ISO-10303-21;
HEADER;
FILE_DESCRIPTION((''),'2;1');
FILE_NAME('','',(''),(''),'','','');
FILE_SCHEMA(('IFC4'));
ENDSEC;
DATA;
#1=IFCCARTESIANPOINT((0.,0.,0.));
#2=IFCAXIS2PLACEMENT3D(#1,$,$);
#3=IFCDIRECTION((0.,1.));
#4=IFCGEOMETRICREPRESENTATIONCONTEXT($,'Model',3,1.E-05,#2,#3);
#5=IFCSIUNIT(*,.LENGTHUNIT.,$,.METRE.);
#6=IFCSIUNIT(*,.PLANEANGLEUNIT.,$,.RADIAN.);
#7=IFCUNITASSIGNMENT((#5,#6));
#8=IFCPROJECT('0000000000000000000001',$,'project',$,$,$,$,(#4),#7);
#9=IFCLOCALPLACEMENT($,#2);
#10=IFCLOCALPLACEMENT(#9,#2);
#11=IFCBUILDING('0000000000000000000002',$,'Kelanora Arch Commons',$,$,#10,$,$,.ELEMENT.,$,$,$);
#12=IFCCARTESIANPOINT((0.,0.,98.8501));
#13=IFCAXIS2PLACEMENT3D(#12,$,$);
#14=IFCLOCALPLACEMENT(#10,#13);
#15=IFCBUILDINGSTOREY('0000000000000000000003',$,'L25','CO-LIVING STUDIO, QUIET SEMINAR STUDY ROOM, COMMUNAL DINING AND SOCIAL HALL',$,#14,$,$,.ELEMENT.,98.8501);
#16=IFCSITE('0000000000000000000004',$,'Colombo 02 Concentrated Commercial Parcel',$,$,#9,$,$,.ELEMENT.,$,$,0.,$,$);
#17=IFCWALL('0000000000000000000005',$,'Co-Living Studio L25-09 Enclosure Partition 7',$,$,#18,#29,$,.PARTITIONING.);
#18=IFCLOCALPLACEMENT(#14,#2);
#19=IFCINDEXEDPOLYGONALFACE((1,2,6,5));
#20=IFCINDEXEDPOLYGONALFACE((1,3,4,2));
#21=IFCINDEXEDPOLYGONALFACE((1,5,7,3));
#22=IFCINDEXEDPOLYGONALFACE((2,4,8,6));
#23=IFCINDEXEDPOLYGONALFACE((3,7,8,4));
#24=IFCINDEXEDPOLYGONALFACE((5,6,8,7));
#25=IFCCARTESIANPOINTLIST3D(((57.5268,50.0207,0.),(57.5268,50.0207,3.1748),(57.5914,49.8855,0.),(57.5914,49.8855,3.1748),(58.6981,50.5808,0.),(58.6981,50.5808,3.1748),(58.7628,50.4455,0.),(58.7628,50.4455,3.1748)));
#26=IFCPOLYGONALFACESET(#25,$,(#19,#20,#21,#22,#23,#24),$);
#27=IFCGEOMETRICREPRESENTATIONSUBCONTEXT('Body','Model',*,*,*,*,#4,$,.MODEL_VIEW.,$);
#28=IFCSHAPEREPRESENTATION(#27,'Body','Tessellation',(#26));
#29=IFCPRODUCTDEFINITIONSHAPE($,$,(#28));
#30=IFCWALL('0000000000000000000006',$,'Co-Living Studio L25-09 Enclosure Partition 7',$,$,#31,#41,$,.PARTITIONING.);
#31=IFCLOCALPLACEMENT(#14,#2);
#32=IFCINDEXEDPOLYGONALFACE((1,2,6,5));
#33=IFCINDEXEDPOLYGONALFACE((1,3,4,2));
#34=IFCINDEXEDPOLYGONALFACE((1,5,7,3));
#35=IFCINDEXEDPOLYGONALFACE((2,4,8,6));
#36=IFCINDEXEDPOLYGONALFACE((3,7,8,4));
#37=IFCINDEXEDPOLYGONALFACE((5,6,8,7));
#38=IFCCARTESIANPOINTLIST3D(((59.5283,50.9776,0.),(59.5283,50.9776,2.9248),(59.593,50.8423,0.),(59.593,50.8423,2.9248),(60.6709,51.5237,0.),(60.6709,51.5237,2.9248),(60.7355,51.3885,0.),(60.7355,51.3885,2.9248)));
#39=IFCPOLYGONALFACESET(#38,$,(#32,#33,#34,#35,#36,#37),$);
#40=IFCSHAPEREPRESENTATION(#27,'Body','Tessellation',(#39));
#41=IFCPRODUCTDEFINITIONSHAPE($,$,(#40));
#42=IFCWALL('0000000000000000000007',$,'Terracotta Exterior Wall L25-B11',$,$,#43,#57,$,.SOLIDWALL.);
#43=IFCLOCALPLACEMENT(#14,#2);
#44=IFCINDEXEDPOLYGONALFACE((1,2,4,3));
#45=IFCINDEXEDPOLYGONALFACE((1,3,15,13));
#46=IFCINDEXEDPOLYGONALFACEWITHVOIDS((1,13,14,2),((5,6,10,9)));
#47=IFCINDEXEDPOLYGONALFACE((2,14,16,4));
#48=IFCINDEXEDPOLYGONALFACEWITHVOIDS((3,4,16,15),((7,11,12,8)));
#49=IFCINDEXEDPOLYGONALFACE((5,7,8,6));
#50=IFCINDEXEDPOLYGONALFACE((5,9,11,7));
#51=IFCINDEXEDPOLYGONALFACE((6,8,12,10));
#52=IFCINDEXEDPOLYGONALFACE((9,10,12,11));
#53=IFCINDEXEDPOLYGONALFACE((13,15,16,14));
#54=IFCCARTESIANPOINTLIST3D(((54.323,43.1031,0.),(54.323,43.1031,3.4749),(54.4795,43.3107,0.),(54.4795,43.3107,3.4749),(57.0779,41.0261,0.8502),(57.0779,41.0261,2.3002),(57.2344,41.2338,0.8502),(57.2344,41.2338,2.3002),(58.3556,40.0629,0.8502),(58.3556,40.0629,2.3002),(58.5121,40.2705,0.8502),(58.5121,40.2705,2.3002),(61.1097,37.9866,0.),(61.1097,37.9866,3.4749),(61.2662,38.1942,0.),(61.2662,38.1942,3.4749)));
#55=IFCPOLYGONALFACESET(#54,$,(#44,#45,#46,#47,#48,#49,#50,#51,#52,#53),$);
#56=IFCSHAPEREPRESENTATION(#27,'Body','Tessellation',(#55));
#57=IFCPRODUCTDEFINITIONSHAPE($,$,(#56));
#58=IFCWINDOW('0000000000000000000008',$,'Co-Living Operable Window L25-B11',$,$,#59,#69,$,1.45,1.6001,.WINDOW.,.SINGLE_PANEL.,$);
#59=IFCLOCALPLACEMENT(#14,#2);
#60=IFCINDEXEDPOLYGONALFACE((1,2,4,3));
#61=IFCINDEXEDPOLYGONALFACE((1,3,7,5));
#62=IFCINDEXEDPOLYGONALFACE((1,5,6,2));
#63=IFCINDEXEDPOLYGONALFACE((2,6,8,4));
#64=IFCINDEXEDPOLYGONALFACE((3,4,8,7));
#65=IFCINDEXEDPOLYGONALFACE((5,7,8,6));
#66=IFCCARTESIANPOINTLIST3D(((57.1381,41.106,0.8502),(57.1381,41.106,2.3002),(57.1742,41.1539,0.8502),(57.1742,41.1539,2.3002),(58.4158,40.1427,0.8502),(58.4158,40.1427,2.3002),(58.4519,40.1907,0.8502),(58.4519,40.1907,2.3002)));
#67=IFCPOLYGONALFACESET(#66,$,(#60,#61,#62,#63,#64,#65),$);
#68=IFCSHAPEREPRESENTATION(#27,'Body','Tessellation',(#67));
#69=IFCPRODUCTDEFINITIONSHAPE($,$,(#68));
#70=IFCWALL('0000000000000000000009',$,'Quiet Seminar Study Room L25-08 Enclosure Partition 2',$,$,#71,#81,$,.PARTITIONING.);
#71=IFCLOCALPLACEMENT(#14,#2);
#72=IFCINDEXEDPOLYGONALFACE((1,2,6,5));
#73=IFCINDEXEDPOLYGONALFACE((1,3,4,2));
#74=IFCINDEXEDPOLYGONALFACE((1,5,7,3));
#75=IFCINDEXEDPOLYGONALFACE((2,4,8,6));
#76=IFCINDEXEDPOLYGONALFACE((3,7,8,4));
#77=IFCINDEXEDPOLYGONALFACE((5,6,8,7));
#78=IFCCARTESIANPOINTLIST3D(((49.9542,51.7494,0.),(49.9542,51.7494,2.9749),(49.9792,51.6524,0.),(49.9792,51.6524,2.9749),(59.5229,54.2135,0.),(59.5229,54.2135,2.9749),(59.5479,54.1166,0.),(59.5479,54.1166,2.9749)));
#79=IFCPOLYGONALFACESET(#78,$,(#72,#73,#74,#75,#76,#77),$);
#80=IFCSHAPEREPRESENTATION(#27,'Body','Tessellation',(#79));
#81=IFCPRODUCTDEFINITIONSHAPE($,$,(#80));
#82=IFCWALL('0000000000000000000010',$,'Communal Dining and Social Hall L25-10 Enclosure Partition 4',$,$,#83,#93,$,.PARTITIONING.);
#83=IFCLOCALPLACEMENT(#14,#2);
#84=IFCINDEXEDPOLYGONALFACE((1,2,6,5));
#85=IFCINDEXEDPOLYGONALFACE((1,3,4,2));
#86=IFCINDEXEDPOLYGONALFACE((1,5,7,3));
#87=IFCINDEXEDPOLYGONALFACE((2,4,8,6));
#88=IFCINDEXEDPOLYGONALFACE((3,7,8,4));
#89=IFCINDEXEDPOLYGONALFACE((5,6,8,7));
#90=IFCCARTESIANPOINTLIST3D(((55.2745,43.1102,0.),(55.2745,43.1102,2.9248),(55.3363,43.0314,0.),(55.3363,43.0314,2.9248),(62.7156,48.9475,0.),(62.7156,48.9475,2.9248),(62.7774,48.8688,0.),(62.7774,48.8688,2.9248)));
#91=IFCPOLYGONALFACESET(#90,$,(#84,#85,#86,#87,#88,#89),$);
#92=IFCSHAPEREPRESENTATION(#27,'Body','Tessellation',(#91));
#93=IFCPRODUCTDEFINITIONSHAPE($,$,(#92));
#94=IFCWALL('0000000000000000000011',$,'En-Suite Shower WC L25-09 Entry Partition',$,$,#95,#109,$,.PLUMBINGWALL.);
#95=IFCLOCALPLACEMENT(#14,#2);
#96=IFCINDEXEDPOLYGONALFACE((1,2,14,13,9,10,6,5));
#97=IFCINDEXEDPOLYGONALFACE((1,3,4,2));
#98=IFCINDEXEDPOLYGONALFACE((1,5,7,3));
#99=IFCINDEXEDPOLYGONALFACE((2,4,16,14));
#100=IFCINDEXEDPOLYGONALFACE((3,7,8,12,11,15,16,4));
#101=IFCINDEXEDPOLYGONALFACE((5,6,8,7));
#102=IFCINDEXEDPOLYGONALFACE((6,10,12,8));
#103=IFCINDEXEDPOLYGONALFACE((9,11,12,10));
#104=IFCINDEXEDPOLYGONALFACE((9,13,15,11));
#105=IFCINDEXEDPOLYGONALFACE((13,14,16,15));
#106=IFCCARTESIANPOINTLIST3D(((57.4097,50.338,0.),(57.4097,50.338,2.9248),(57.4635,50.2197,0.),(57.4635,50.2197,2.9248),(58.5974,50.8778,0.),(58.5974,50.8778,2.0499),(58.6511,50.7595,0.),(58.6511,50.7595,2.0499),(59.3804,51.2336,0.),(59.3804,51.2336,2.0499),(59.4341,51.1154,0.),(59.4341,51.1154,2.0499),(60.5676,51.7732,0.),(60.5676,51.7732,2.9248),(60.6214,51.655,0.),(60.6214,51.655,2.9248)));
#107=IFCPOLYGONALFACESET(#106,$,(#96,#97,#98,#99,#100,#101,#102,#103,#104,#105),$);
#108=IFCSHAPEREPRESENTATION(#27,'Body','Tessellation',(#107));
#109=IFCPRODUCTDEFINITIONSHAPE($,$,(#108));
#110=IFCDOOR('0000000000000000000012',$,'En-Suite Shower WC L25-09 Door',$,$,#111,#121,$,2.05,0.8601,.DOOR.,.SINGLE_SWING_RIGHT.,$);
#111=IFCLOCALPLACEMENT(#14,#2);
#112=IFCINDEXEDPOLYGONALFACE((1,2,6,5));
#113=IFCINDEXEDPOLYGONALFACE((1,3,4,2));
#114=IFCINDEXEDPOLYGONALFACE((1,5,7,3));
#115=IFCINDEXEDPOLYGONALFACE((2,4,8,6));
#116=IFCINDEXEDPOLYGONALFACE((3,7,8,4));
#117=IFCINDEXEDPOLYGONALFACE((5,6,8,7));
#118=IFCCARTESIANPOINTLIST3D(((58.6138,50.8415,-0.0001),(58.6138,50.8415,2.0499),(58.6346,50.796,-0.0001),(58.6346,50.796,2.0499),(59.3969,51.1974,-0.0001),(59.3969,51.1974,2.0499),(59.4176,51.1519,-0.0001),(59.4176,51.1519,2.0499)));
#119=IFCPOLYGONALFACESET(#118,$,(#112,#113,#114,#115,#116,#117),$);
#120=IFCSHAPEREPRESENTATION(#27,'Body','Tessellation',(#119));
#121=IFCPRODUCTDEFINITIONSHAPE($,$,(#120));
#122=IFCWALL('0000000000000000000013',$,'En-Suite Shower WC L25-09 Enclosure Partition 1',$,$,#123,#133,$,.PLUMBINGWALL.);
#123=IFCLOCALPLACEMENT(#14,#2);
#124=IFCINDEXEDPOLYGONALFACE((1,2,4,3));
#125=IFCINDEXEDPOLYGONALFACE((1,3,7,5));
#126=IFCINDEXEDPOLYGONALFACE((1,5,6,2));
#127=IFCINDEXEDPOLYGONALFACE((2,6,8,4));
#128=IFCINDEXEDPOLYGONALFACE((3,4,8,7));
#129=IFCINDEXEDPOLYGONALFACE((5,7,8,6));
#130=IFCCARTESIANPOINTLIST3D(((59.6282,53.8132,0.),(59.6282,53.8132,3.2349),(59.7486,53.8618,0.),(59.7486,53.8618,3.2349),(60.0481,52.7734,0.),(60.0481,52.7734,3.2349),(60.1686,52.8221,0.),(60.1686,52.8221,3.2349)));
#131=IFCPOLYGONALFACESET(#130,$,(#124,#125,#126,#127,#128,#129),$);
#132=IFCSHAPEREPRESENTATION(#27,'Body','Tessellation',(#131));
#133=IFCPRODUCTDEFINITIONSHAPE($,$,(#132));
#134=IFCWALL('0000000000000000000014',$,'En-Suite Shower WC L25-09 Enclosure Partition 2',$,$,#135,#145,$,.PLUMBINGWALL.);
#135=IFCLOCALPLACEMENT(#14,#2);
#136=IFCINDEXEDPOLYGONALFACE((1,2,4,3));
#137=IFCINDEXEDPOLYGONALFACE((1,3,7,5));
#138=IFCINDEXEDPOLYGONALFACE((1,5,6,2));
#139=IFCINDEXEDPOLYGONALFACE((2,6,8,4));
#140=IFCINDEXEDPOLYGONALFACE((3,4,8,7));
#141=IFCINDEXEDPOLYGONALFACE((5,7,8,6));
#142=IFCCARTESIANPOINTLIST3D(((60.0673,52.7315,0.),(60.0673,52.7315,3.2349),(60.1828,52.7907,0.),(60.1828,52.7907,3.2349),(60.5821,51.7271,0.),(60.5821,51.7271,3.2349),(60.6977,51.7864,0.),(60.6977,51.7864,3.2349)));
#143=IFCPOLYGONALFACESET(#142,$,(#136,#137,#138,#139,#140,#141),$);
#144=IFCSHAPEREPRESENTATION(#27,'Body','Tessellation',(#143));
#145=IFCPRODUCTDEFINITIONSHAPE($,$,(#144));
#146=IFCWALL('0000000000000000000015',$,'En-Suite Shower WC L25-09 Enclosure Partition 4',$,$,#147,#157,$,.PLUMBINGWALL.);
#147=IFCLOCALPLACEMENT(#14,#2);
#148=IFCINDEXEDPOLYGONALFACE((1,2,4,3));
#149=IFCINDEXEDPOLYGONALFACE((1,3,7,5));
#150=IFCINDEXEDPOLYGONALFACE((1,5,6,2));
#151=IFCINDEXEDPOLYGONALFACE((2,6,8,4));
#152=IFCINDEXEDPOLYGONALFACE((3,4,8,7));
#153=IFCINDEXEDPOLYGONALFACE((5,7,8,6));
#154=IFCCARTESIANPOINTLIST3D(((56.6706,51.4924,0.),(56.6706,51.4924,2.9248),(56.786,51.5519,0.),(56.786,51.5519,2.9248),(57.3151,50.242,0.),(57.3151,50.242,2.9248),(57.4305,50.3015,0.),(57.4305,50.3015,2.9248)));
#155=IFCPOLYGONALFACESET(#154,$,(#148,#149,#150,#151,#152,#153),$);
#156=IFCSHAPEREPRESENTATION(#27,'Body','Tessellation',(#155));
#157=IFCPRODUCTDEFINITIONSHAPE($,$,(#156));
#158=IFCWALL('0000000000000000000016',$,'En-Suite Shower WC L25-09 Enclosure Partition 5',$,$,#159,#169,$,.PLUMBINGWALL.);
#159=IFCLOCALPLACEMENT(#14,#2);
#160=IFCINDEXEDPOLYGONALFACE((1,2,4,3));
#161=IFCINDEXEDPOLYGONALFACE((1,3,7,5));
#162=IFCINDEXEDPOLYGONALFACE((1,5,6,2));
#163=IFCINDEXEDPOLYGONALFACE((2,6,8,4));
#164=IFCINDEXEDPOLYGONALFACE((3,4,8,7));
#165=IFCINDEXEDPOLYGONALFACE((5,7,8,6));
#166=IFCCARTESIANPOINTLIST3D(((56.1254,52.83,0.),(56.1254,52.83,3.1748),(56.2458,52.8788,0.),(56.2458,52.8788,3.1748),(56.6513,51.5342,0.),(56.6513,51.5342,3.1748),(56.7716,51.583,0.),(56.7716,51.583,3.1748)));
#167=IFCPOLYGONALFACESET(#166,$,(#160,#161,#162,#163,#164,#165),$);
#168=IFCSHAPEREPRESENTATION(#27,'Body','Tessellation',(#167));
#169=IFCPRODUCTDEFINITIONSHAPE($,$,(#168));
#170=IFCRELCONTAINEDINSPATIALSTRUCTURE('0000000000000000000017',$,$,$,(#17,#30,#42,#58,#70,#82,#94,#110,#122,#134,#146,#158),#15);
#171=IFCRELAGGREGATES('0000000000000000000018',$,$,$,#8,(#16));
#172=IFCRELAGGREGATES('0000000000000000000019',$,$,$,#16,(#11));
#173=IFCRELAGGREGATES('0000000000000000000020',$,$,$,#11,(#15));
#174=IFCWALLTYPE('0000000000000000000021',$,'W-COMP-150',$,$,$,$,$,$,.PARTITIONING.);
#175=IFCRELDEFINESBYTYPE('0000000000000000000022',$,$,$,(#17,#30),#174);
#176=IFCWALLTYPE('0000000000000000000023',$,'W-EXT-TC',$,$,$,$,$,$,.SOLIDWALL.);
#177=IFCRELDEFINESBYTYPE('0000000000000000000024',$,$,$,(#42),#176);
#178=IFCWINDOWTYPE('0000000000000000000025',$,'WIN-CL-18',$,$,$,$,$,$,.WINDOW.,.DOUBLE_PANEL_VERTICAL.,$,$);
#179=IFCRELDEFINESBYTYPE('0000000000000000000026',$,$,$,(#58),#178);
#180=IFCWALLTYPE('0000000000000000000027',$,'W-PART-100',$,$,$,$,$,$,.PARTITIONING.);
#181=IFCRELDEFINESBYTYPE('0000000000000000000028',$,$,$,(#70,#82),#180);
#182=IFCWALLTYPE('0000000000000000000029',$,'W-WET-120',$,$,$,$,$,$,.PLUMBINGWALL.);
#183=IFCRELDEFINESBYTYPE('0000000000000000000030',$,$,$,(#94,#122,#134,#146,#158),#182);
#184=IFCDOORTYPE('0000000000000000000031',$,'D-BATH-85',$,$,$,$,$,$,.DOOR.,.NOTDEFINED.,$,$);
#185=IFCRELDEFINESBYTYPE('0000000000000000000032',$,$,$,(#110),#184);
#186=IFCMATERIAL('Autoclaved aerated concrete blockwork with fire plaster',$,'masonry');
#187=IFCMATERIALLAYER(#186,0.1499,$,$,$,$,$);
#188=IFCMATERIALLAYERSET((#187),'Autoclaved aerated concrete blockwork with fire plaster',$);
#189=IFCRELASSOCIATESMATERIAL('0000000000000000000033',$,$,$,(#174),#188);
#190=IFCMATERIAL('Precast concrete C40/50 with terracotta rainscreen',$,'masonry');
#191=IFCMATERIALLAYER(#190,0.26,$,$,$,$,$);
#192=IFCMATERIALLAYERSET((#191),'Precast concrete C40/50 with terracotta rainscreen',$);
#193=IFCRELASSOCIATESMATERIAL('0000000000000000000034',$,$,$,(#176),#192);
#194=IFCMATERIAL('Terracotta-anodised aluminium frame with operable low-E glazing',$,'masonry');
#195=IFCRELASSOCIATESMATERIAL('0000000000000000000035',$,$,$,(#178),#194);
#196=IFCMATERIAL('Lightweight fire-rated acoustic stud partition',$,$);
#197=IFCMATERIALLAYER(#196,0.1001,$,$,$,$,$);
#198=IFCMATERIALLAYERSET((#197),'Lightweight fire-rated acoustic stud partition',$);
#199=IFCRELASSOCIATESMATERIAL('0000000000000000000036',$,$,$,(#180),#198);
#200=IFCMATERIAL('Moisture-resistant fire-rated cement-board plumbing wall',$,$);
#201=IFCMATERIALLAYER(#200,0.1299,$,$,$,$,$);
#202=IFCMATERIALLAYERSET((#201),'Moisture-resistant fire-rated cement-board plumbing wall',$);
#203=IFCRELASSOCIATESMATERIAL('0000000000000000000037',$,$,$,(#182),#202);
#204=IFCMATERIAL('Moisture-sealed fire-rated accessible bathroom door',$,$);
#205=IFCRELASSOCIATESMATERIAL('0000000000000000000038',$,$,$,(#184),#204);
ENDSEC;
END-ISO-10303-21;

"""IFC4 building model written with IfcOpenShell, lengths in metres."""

from ifc_helpers import new_model, si_unit, direction, frame, frame_2d, origin, place, context, subcontext, project, spatial, rectangle, extrude, material, layer, layer_set, type_object, element, fill, save


model = new_model("IFC4")

# Units and contexts
model_context = context("Model", 3, precision=1e-05, world=origin(), true_north=direction((0.0, 1.0)))
body_context = subcontext(model_context, "Body", "Model", "MODEL_VIEW")
ifc_project = project(units=[si_unit("LENGTHUNIT", "METRE"), si_unit("PLANEANGLEUNIT", "RADIAN")], contexts=[model_context])

# Site, building, storey
site_placement = place(None, origin())
site = spatial("IfcSite", under=ifc_project, at=site_placement, Name="Colombo 02 Concentrated Commercial Parcel", CompositionType="ELEMENT", RefElevation=0.0)
building_placement = place(site_placement, origin())
building = spatial("IfcBuilding", under=site, at=building_placement, Name="Kelanora Arch Commons", CompositionType="ELEMENT")
storey_placement = place(building_placement, frame((0.0, 0.0, 98.8501)))
storey = spatial("IfcBuildingStorey", under=building, at=storey_placement, Name="L25", Description="CO-LIVING STUDIO, QUIET SEMINAR STUDY ROOM, COMMUNAL DINING AND SOCIAL HALL", CompositionType="ELEMENT", Elevation=98.8501)

# Shared definitions
ifc_material_1 = material(Name="Autoclaved aerated concrete blockwork with fire plaster", Category="masonry")
ifc_layer_1 = layer(ifc_material_1, 0.1499)
ifc_layer_set_1 = layer_set([ifc_layer_1], Name="Autoclaved aerated concrete blockwork with fire plaster")
wall_type_1 = type_object("IfcWallType", Name="W-COMP-150", PredefinedType="PARTITIONING", material=ifc_layer_set_1)

# Walls
wall_1_placement = place(storey_placement, frame((57.5591, 49.9531, 0.0), z_axis=(0.0, 0.0, 1.0), x_axis=(0.902185, 0.431349, 0.0)))
element("IfcWall", 1, at=wall_1_placement, inside=storey, type_object=wall_type_1, Name="Co-Living Studio L25-09 Enclosure Partition 7", PredefinedType="PARTITIONING", context=body_context, shape_type="SweptSolid", body=[
    extrude(rectangle(XDim=1.2983, YDim=0.1499, at=frame_2d((0.6492, 0.0))), origin(), (0.0, 0.0, 1.0), 3.1748),
])
wall_2_placement = place(storey_placement, frame((59.5605, 50.9099, 0.0), z_axis=(0.0, 0.0, 1.0), x_axis=(0.902229, 0.431258, 0.0)))
element("IfcWall", 2, at=wall_2_placement, inside=storey, type_object=wall_type_1, Name="Co-Living Studio L25-09 Enclosure Partition 7", PredefinedType="PARTITIONING", context=body_context, shape_type="SweptSolid", body=[
    extrude(rectangle(XDim=1.2664, YDim=0.1499, at=frame_2d((0.6333, 0.0))), origin(), (0.0, 0.0, 1.0), 2.9248),
])

# Wall, opening, window
ifc_material_2 = material(Name="Precast concrete C40/50 with terracotta rainscreen", Category="masonry")
ifc_layer_2 = layer(ifc_material_2, 0.26)
ifc_layer_set_2 = layer_set([ifc_layer_2], Name="Precast concrete C40/50 with terracotta rainscreen")
wall_type_2 = type_object("IfcWallType", Name="W-EXT-TC", PredefinedType="SOLIDWALL", material=ifc_layer_set_2)
wall_3_placement = place(storey_placement, frame((54.4014, 43.2068, 0.0), z_axis=(0.0, 0.0, 1.0), x_axis=(0.798502, -0.601993, 0.0)))
wall_3 = element("IfcWall", 3, at=wall_3_placement, inside=storey, type_object=wall_type_2, Name="Terracotta Exterior Wall L25-B11", PredefinedType="SOLIDWALL", context=body_context, shape_type="SweptSolid", body=[
    extrude(rectangle(XDim=8.4993, YDim=0.26, at=frame_2d((4.2495, 0.0))), origin(), (0.0, 0.0, 1.0), 3.4749),
])
opening_1_placement = place(wall_3_placement, frame((3.45, 0.0, 0.8501)))
opening_1 = element("IfcOpeningElement", 4, at=opening_1_placement, cuts=wall_3, PredefinedType="OPENING", context=body_context, shape_type="SweptSolid", body=[
    extrude(rectangle(XDim=1.6001, YDim=1.45, at=frame_2d((0.8, 0.7251))), frame((0.0, 0.1401, 0.0), z_axis=(0.0, -1.0, 0.0), x_axis=(1.0, 0.0, 0.0)), (0.0, 0.0, 1.0), 0.28),
])
ifc_material_3 = material(Name="Terracotta-anodised aluminium frame with operable low-E glazing", Category="masonry")
window_type = type_object("IfcWindowType", Name="WIN-CL-18", PartitioningType="DOUBLE_PANEL_VERTICAL", PredefinedType="WINDOW", material=ifc_material_3)
window_placement = place(opening_1_placement, origin())
window = element("IfcWindow", 5, at=window_placement, inside=storey, type_object=window_type, Name="Co-Living Operable Window L25-B11", OverallHeight=1.45, OverallWidth=1.6001, PartitioningType="SINGLE_PANEL", PredefinedType="WINDOW", context=body_context, shape_type="SweptSolid", body=[
    extrude(rectangle(XDim=1.6001, YDim=1.45, at=frame_2d((0.8, 0.7251))), frame((0.0, 0.03, 0.0), z_axis=(0.0, -1.0, 0.0), x_axis=(1.0, 0.0, 0.0)), (0.0, 0.0, 1.0), 0.0601),
])
fill(opening_1, window)

# Walls
ifc_material_4 = material(Name="Lightweight fire-rated acoustic stud partition")
ifc_layer_3 = layer(ifc_material_4, 0.1001)
ifc_layer_set_3 = layer_set([ifc_layer_3], Name="Lightweight fire-rated acoustic stud partition")
wall_type_3 = type_object("IfcWallType", Name="W-PART-100", PredefinedType="PARTITIONING", material=ifc_layer_set_3)
wall_4_placement = place(storey_placement, frame((59.5354, 54.165, 0.0), z_axis=(0.0, 0.0, 1.0), x_axis=(-0.968405, -0.249384, 0.0)))
element("IfcWall", 6, at=wall_4_placement, inside=storey, type_object=wall_type_3, Name="Quiet Seminar Study Room L25-08 Enclosure Partition 2", PredefinedType="PARTITIONING", context=body_context, shape_type="SweptSolid", body=[
    extrude(rectangle(XDim=9.8809, YDim=0.1001, at=frame_2d((4.9404, 0.0))), origin(), (0.0, 0.0, 1.0), 2.9749),
])
wall_5_placement = place(storey_placement, frame((55.3054, 43.0708, 0.0), z_axis=(0.0, 0.0, 1.0), x_axis=(0.786792, 0.617218, 0.0)))
element("IfcWall", 7, at=wall_5_placement, inside=storey, type_object=wall_type_3, Name="Communal Dining and Social Hall L25-10 Enclosure Partition 4", PredefinedType="PARTITIONING", context=body_context, shape_type="SweptSolid", body=[
    extrude(rectangle(XDim=9.4575, YDim=0.1001, at=frame_2d((4.7288, 0.0))), origin(), (0.0, 0.0, 1.0), 2.9248),
])

# Wall, opening, door
ifc_material_5 = material(Name="Moisture-resistant fire-rated cement-board plumbing wall")
ifc_layer_4 = layer(ifc_material_5, 0.1299)
ifc_layer_set_4 = layer_set([ifc_layer_4], Name="Moisture-resistant fire-rated cement-board plumbing wall")
wall_type_4 = type_object("IfcWallType", Name="W-WET-120", PredefinedType="PLUMBINGWALL", material=ifc_layer_set_4)
wall_6_placement = place(storey_placement, frame((60.5945, 51.7141, 0.0), z_axis=(0.0, 0.0, 1.0), x_axis=(-0.910381, -0.413771, 0.0)))
wall_6 = element("IfcWall", 8, at=wall_6_placement, inside=storey, type_object=wall_type_4, Name="En-Suite Shower WC L25-09 Entry Partition", PredefinedType="PLUMBINGWALL", context=body_context, shape_type="SweptSolid", body=[
    extrude(rectangle(XDim=3.4688, YDim=0.1299, at=frame_2d((1.7344, 0.0))), origin(), (0.0, 0.0, 1.0), 2.9248),
])
opening_2_placement = place(wall_6_placement, frame((1.304, 0.0, 0.0)))
opening_2 = element("IfcOpeningElement", 9, at=opening_2_placement, cuts=wall_6, PredefinedType="OPENING", context=body_context, shape_type="SweptSolid", body=[
    extrude(rectangle(XDim=0.8601, YDim=2.05, at=frame_2d((0.4302, 1.0249))), frame((0.0, 0.075, 0.0), z_axis=(0.0, -1.0, 0.0), x_axis=(1.0, 0.0, 0.0)), (0.0, 0.0, 1.0), 0.1499),
])
ifc_material_6 = material(Name="Moisture-sealed fire-rated accessible bathroom door")
door_type_1 = type_object("IfcDoorType", Name="D-BATH-85", OperationType="NOTDEFINED", PredefinedType="DOOR", material=ifc_material_6)
door_1_placement = place(opening_2_placement, origin())
door_1 = element("IfcDoor", 10, at=door_1_placement, inside=storey, type_object=door_type_1, Name="En-Suite Shower WC L25-09 Door", OperationType="SINGLE_SWING_RIGHT", OverallHeight=2.05, OverallWidth=0.8601, PredefinedType="DOOR", context=body_context, shape_type="SweptSolid", body=[
    extrude(rectangle(XDim=0.8601, YDim=2.05, at=frame_2d((0.4302, 1.0249))), frame((0.0, 0.0249, 0.0), z_axis=(0.0, -1.0, 0.0), x_axis=(1.0, 0.0, 0.0)), (0.0, 0.0, 1.0), 0.05),
])
fill(opening_2, door_1)

# Walls
wall_7_placement = place(storey_placement, frame((59.6885, 53.8374, 0.0), z_axis=(0.0, 0.0, 1.0), x_axis=(0.374467, -0.92724, 0.0)))
element("IfcWall", 11, at=wall_7_placement, inside=storey, type_object=wall_type_4, Name="En-Suite Shower WC L25-09 Enclosure Partition 1", PredefinedType="PLUMBINGWALL", context=body_context, shape_type="SweptSolid", body=[
    extrude(rectangle(XDim=1.1213, YDim=0.1299, at=frame_2d((0.5605, 0.0))), origin(), (0.0, 0.0, 1.0), 3.2349),
])
wall_8_placement = place(storey_placement, frame((60.125, 52.7612, 0.0), z_axis=(0.0, 0.0, 1.0), x_axis=(0.456189, -0.889883, 0.0)))
element("IfcWall", 12, at=wall_8_placement, inside=storey, type_object=wall_type_4, Name="En-Suite Shower WC L25-09 Enclosure Partition 2", PredefinedType="PLUMBINGWALL", context=body_context, shape_type="SweptSolid", body=[
    extrude(rectangle(XDim=1.1287, YDim=0.1299, at=frame_2d((0.5645, 0.0))), origin(), (0.0, 0.0, 1.0), 3.2349),
])
wall_9_placement = place(storey_placement, frame((57.3728, 50.2717, 0.0), z_axis=(0.0, 0.0, 1.0), x_axis=(-0.458148, 0.888876, 0.0)))
element("IfcWall", 13, at=wall_9_placement, inside=storey, type_object=wall_type_4, Name="En-Suite Shower WC L25-09 Enclosure Partition 4", PredefinedType="PLUMBINGWALL", context=body_context, shape_type="SweptSolid", body=[
    extrude(rectangle(XDim=1.4067, YDim=0.1299, at=frame_2d((0.7034, 0.0))), origin(), (0.0, 0.0, 1.0), 2.9248),
])
wall_10_placement = place(storey_placement, frame((56.7114, 51.5586, 0.0), z_axis=(0.0, 0.0, 1.0), x_axis=(-0.376021, 0.926611, 0.0)))
element("IfcWall", 14, at=wall_10_placement, inside=storey, type_object=wall_type_4, Name="En-Suite Shower WC L25-09 Enclosure Partition 5", PredefinedType="PLUMBINGWALL", context=body_context, shape_type="SweptSolid", body=[
    extrude(rectangle(XDim=1.3984, YDim=0.1299, at=frame_2d((0.6992, 0.0))), origin(), (0.0, 0.0, 1.0), 3.1748),
])

save(model, "model.ifc")
